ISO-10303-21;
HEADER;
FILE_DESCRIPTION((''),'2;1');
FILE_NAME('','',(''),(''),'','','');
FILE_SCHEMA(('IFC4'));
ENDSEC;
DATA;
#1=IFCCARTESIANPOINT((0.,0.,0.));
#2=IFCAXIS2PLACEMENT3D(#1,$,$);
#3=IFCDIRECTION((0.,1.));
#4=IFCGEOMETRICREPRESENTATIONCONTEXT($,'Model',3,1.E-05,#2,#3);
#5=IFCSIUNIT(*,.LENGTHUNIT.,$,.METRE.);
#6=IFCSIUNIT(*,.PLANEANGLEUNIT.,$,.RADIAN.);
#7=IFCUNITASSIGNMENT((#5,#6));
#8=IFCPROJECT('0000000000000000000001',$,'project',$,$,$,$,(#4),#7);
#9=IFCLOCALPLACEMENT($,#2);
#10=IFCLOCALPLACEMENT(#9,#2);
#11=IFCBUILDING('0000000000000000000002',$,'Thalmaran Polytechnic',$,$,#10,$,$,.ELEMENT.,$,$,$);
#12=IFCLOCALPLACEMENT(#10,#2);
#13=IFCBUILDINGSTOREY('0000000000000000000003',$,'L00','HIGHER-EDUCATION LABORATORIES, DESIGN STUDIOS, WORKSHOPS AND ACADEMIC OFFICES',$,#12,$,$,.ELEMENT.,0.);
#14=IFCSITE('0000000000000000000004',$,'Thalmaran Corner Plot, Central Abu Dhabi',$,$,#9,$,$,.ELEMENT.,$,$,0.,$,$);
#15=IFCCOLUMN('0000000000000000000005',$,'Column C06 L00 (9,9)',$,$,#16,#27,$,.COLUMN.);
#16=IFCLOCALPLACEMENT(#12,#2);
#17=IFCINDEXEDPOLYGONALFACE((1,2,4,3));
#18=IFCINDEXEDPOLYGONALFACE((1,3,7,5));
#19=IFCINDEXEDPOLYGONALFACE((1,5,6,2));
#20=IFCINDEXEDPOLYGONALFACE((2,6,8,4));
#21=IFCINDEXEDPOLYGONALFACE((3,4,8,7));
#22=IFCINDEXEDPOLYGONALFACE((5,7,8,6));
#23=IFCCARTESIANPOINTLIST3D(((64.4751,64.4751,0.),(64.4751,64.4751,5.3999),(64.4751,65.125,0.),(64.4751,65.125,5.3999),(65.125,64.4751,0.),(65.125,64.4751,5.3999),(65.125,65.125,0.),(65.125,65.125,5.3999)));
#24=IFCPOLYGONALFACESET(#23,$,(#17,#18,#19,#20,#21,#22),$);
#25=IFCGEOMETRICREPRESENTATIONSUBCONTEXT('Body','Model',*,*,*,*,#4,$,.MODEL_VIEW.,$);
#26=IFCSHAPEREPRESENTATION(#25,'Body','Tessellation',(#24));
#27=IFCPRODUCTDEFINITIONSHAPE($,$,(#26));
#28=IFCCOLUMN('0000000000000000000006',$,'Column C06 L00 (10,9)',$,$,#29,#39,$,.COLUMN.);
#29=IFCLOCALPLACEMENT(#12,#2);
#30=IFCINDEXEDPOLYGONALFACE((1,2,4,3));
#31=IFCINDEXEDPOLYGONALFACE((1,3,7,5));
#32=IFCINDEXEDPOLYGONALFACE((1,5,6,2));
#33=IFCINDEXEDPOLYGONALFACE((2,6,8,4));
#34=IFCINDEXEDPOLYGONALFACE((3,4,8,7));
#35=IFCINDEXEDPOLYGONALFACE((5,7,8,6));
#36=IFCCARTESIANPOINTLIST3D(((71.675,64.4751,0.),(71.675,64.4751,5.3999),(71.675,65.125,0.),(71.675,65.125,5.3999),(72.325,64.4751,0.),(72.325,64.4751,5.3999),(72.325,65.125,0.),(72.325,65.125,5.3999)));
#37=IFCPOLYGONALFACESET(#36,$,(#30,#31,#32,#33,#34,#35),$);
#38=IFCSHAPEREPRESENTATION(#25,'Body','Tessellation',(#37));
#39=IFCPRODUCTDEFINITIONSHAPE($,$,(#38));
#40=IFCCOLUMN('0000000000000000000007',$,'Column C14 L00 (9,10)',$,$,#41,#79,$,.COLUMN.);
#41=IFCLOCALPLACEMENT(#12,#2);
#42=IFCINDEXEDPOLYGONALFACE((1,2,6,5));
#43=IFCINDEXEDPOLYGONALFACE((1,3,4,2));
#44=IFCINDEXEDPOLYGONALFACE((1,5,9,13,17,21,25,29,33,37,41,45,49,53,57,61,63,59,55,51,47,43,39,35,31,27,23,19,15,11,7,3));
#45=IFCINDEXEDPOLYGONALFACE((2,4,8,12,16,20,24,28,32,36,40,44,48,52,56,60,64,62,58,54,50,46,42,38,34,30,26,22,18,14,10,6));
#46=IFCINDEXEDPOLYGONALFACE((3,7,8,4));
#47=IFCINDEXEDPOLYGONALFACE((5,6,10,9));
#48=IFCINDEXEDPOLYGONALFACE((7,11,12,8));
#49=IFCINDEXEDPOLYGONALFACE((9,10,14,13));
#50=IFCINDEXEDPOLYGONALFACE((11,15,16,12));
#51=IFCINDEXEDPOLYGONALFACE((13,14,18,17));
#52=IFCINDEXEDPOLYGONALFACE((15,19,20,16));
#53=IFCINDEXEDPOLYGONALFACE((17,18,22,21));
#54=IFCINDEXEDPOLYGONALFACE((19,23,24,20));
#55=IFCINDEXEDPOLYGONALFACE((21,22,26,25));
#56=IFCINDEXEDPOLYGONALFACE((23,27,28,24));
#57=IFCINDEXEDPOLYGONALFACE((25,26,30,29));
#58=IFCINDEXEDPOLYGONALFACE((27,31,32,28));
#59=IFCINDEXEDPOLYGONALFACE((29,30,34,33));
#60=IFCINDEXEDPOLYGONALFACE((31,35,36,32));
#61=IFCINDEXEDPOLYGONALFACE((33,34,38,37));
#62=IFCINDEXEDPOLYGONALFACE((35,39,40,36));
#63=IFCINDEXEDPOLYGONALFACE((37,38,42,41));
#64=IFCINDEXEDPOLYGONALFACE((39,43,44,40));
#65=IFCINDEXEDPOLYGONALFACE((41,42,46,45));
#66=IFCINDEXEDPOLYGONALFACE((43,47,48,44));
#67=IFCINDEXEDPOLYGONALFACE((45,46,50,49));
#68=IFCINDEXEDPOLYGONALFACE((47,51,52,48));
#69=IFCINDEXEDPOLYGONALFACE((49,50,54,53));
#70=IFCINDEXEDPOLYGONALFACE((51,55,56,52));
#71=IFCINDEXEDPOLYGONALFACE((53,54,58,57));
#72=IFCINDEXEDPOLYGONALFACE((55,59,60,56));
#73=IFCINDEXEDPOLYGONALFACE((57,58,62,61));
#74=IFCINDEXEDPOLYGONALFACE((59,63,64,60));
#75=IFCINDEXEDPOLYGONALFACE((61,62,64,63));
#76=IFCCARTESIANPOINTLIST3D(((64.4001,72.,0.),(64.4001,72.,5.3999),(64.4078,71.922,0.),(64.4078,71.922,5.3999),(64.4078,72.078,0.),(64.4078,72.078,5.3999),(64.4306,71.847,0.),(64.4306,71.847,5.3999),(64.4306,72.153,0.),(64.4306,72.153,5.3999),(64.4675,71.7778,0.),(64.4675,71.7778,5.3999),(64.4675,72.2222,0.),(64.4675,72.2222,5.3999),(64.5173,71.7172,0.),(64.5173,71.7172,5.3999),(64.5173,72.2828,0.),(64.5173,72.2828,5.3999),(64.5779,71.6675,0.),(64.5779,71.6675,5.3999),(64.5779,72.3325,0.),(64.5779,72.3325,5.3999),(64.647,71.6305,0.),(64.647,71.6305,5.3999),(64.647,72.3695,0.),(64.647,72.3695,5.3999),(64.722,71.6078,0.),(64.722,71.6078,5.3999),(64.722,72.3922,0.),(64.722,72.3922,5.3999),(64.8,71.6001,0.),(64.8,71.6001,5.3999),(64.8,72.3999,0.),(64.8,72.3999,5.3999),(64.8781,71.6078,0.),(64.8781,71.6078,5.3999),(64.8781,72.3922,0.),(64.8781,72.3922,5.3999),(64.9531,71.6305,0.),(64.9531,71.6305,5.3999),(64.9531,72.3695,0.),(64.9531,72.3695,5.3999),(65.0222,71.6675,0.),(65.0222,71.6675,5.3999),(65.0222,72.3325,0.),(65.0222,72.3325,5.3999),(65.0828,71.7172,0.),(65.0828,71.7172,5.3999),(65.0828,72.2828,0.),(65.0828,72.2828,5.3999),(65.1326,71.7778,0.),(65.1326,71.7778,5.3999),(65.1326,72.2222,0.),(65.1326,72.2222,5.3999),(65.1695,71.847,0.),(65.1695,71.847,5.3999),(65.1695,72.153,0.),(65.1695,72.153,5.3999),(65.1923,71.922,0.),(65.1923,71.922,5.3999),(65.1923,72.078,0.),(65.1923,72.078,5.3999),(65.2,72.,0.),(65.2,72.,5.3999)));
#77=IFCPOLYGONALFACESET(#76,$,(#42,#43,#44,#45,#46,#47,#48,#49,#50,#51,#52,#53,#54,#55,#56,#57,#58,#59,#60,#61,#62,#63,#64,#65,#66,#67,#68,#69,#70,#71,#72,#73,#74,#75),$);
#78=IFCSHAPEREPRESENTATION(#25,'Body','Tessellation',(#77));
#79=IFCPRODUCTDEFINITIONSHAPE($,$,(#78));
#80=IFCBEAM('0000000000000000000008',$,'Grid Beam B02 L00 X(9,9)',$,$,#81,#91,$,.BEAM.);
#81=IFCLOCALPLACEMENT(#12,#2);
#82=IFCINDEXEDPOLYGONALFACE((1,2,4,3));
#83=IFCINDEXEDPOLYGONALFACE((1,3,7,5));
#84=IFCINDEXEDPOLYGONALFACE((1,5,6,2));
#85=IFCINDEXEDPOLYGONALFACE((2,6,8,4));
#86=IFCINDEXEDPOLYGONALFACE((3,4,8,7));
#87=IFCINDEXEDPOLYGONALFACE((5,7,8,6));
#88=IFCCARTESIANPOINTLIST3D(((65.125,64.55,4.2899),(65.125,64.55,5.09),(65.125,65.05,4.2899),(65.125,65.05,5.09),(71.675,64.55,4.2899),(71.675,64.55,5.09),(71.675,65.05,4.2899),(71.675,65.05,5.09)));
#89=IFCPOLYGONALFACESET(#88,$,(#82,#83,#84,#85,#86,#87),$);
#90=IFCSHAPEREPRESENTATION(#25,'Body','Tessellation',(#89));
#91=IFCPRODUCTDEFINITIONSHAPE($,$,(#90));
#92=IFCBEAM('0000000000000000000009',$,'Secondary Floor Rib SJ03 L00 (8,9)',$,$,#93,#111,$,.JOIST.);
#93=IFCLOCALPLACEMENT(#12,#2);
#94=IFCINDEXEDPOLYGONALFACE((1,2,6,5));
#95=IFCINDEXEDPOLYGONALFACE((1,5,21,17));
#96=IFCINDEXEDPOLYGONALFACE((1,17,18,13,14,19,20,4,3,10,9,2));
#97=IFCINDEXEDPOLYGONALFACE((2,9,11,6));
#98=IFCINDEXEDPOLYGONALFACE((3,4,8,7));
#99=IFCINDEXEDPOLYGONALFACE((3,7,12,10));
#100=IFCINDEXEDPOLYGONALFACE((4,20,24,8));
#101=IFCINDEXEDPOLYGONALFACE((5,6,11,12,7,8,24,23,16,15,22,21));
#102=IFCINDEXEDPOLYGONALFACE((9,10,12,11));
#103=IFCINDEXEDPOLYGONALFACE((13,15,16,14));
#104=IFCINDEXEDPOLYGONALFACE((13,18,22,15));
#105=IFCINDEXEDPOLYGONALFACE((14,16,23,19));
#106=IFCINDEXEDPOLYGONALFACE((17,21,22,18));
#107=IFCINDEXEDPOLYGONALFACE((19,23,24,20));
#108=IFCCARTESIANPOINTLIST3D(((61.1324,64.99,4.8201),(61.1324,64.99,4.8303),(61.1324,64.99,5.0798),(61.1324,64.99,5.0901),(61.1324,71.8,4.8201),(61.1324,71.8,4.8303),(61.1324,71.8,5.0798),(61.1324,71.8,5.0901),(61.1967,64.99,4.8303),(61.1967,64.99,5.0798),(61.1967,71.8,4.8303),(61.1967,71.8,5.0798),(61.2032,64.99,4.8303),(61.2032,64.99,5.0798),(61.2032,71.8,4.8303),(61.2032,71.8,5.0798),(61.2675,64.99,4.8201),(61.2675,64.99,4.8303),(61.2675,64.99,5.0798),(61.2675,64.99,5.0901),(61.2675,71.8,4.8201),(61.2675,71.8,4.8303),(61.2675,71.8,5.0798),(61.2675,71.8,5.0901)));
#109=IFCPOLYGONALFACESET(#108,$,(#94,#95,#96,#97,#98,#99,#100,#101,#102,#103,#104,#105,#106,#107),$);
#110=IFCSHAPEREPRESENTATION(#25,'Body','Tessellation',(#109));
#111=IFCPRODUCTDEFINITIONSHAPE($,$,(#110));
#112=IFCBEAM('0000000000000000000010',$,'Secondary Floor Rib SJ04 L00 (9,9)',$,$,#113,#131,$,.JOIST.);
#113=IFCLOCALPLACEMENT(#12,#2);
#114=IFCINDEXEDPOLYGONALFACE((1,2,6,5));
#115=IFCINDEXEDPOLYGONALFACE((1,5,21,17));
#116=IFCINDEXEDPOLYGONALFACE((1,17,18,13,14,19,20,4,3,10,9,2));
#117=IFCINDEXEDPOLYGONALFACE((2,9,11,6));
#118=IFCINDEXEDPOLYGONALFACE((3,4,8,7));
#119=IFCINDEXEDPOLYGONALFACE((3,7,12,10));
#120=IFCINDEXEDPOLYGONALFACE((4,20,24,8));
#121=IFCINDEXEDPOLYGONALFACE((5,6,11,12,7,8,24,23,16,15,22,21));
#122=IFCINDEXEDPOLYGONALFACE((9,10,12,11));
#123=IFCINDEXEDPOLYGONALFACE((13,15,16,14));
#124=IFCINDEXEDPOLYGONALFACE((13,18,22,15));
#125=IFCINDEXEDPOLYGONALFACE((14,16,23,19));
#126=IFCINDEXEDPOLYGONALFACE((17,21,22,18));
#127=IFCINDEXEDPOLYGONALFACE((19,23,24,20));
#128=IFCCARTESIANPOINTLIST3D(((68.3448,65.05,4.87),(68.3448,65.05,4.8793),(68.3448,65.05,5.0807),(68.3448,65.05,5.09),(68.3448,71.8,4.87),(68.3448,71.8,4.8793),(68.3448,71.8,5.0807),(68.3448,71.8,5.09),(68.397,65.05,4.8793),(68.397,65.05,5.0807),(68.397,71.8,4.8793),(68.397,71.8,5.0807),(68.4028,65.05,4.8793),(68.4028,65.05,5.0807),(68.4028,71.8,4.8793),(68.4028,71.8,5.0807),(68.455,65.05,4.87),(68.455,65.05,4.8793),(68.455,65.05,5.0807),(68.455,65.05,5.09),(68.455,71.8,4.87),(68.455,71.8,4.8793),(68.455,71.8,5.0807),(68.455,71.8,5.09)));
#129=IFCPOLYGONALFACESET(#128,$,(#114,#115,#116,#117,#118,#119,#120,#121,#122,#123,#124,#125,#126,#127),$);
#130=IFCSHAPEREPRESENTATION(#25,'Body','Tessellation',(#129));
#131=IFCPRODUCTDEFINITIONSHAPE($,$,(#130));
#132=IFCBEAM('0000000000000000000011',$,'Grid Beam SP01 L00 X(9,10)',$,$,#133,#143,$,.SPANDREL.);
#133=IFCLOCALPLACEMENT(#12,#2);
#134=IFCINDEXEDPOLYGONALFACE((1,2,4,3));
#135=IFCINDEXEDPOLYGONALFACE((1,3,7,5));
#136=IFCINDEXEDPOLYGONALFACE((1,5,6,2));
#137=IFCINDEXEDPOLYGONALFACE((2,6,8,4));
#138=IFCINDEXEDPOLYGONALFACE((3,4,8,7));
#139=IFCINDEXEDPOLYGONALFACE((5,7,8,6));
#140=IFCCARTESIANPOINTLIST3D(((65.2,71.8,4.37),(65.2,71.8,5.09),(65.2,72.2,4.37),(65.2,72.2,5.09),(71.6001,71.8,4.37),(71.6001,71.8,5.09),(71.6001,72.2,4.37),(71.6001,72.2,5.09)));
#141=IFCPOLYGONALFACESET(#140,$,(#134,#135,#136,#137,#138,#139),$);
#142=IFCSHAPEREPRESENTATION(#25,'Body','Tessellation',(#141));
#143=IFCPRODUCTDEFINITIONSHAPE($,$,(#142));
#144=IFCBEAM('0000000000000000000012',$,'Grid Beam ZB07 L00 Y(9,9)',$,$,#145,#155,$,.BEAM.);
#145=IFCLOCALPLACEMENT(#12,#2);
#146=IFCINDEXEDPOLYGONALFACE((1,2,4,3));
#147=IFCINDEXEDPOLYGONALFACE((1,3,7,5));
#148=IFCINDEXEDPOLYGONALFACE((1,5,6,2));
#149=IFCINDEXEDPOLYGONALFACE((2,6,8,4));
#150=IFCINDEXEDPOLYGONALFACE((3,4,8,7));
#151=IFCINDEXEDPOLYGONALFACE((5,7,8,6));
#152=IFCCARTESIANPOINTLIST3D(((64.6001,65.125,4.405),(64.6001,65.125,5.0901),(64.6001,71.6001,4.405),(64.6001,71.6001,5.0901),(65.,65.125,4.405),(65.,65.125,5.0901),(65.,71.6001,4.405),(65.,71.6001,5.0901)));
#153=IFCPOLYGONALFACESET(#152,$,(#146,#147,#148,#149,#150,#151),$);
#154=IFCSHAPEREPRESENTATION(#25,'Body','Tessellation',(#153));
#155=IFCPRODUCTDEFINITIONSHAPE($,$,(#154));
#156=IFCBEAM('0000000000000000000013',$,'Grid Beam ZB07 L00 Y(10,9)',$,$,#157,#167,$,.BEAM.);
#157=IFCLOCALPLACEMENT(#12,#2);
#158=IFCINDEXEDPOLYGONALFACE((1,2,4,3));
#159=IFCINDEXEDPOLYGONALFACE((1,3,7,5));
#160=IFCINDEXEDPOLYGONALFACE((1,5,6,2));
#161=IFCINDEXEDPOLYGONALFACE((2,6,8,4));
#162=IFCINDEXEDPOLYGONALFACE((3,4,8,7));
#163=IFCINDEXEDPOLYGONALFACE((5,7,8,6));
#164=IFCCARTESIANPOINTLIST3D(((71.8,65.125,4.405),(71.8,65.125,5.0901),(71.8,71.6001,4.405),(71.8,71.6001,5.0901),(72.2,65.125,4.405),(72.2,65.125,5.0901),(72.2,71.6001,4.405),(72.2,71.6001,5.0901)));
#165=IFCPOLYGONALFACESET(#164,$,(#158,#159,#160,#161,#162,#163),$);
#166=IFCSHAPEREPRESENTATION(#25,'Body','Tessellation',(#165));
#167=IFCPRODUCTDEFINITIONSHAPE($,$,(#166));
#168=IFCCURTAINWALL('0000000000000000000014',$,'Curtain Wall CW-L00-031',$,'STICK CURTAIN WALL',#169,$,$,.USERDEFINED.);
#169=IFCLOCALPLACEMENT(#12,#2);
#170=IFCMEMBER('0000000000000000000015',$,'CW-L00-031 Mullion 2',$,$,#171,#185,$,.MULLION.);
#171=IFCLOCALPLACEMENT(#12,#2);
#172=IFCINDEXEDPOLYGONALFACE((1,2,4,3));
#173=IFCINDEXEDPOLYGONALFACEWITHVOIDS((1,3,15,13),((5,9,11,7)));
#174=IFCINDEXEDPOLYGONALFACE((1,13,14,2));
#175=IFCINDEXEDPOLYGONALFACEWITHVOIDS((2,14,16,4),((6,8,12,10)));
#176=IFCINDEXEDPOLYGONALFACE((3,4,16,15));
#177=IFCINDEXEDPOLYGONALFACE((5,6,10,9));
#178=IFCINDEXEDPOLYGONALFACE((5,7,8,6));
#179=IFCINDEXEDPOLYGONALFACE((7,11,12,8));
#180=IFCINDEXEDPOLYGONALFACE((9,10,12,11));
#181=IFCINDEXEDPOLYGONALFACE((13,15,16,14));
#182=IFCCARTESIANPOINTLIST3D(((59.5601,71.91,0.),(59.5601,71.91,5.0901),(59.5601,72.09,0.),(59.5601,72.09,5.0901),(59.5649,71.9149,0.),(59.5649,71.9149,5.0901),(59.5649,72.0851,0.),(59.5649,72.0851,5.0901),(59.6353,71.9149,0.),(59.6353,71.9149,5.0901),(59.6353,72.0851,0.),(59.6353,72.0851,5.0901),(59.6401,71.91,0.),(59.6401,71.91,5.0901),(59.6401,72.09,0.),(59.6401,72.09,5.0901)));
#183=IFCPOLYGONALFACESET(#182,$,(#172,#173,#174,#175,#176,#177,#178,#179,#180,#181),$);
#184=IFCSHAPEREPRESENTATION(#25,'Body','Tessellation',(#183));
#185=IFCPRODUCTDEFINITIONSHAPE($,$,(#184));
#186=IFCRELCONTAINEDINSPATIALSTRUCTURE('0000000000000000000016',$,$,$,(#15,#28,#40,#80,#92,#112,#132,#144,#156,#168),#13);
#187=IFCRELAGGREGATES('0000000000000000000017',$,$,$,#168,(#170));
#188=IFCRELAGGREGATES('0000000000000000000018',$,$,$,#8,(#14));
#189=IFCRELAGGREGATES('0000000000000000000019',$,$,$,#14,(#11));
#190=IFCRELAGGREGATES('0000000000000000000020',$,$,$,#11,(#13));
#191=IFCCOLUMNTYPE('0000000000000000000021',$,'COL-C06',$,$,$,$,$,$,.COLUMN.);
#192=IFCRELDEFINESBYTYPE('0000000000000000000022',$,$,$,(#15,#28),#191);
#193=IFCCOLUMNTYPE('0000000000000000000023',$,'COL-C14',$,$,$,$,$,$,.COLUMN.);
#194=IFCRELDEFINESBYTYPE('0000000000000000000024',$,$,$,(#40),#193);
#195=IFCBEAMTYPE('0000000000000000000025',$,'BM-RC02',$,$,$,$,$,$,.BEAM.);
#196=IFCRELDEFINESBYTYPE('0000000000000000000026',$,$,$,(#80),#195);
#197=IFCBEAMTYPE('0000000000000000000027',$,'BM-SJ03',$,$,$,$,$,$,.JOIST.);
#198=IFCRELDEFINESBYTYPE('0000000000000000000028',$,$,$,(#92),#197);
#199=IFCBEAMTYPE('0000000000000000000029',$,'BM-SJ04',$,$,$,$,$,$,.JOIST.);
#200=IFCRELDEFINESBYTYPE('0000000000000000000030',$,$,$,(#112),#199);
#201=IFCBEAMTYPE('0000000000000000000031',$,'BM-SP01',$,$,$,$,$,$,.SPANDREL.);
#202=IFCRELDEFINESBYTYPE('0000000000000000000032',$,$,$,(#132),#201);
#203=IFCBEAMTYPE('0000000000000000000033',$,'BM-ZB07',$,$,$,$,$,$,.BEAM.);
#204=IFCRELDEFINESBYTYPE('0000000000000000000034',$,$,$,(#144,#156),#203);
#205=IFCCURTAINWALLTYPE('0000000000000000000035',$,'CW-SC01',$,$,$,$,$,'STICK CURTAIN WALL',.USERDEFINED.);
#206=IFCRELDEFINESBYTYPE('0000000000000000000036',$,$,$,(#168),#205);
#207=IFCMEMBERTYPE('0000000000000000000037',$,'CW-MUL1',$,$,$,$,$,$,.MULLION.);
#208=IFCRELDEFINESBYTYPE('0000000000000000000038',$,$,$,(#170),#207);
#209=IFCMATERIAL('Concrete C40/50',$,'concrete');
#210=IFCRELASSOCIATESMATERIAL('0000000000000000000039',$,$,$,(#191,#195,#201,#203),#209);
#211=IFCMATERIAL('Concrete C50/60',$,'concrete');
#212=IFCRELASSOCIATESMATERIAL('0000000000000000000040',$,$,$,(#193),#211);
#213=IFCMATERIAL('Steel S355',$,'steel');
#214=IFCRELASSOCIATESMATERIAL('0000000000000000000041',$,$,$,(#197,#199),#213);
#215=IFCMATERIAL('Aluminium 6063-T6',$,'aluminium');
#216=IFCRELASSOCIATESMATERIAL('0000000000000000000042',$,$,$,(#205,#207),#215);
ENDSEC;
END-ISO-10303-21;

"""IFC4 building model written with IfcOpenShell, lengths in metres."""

from ifc_helpers import new_model, si_unit, direction, frame, origin, origin_2d, place, context, subcontext, project, spatial, rectangle, hollow_rectangle, circle, i_section, extrude, material, material_profile, profile_set, type_object, element, aggregate, save


model = new_model("IFC4")

# Units and contexts
model_context = context("Model", 3, precision=1e-05, world=origin(), true_north=direction((0.0, 1.0)))
body_context = subcontext(model_context, "Body", "Model", "MODEL_VIEW")
ifc_project = project(units=[si_unit("LENGTHUNIT", "METRE"), si_unit("PLANEANGLEUNIT", "RADIAN")], contexts=[model_context])

# Site, building, storey
site_placement = place(None, origin())
site = spatial("IfcSite", under=ifc_project, at=site_placement, Name="Thalmaran Corner Plot, Central Abu Dhabi", CompositionType="ELEMENT", RefElevation=0.0)
building_placement = place(site_placement, origin())
building = spatial("IfcBuilding", under=site, at=building_placement, Name="Thalmaran Polytechnic", CompositionType="ELEMENT")
storey_placement = place(building_placement, origin())
storey = spatial("IfcBuildingStorey", under=building, at=storey_placement, Name="L00", Description="HIGHER-EDUCATION LABORATORIES, DESIGN STUDIOS, WORKSHOPS AND ACADEMIC OFFICES", CompositionType="ELEMENT", Elevation=0.0)

# Columns
ifc_material_1 = material(Name="Concrete C40/50", Category="concrete")
ifc_material_profile_1 = material_profile(ifc_material_1, rectangle(XDim=0.6499, YDim=0.6499, at=origin_2d()), Name="RC 650x650")
ifc_profile_set_1 = profile_set([ifc_material_profile_1], Name="Concrete C40/50")
column_type_1 = type_object("IfcColumnType", Name="COL-C06", PredefinedType="COLUMN", material=ifc_profile_set_1)
for number, where, z_axis, x_axis, name in (
    (1, (64.8, 64.8, 0.0), (0.0, 0.0, 1.0), (1.0, 0.0, 0.0), "Column C06 L00 (9,9)"),
    (2, (72.0, 64.8, 0.0), (0.0, 0.0, 1.0), (1.0, 0.0, 0.0), "Column C06 L00 (10,9)"),
):
    element("IfcColumn", number, at=place(storey_placement, frame(where, z_axis=z_axis, x_axis=x_axis)), inside=storey, type_object=column_type_1, Name=name, PredefinedType="COLUMN", context=body_context, shape_type="SweptSolid", body=[
        extrude(rectangle(XDim=0.6499, YDim=0.6499, at=origin_2d()), origin(), (0.0, 0.0, 1.0), 5.3999),
    ])
ifc_material_2 = material(Name="Concrete C50/60", Category="concrete")
ifc_material_profile_2 = material_profile(ifc_material_2, circle(Radius=0.3999, at=origin_2d()), Name="RC 800 DIA")
ifc_profile_set_2 = profile_set([ifc_material_profile_2], Name="Concrete C50/60")
column_type_2 = type_object("IfcColumnType", Name="COL-C14", PredefinedType="COLUMN", material=ifc_profile_set_2)
column_placement = place(storey_placement, frame((64.8, 72.0, 0.0), z_axis=(0.0, 0.0, 1.0), x_axis=(1.0, 0.0, 0.0)))
element("IfcColumn", 3, at=column_placement, inside=storey, type_object=column_type_2, Name="Column C14 L00 (9,10)", PredefinedType="COLUMN", context=body_context, shape_type="SweptSolid", body=[
    extrude(circle(Radius=0.3999, at=origin_2d()), origin(), (0.0, 0.0, 1.0), 5.3999),
])

# Beams
ifc_material_profile_3 = material_profile(ifc_material_1, rectangle(XDim=0.5, YDim=0.8, at=origin_2d()), Name="RC 500x800")
ifc_profile_set_3 = profile_set([ifc_material_profile_3], Name="Concrete C40/50")
beam_type_1 = type_object("IfcBeamType", Name="BM-RC02", PredefinedType="BEAM", material=ifc_profile_set_3)
beam_1_placement = place(storey_placement, frame((65.125, 64.8, 4.6899), z_axis=(1.0, 0.0, 0.0), x_axis=(0.0, 1.0, 0.0)))
element("IfcBeam", 4, at=beam_1_placement, inside=storey, type_object=beam_type_1, Name="Grid Beam B02 L00 X(9,9)", PredefinedType="BEAM", context=body_context, shape_type="SweptSolid", body=[
    extrude(rectangle(XDim=0.5, YDim=0.8, at=origin_2d()), origin(), (0.0, 0.0, 1.0), 6.55),
])
ifc_material_3 = material(Name="Steel S355", Category="steel")
ifc_material_profile_4 = material_profile(ifc_material_3, i_section(OverallWidth=0.135, OverallDepth=0.27, WebThickness=0.0066, FlangeThickness=0.0103, at=origin_2d()), Name="IPE 270")
ifc_profile_set_4 = profile_set([ifc_material_profile_4], Name="Steel S355")
beam_type_2 = type_object("IfcBeamType", Name="BM-SJ03", PredefinedType="JOIST", material=ifc_profile_set_4)
beam_2_placement = place(storey_placement, frame((61.2, 64.99, 4.9551), z_axis=(0.0, 1.0, 0.0), x_axis=(-1.0, 0.0, 0.0)))
element("IfcBeam", 5, at=beam_2_placement, inside=storey, type_object=beam_type_2, Name="Secondary Floor Rib SJ03 L00 (8,9)", PredefinedType="JOIST", context=body_context, shape_type="SweptSolid", body=[
    extrude(i_section(OverallWidth=0.135, OverallDepth=0.27, WebThickness=0.0066, FlangeThickness=0.0103, at=origin_2d()), origin(), (0.0, 0.0, 1.0), 6.8101),
])
ifc_material_profile_5 = material_profile(ifc_material_3, i_section(OverallWidth=0.1101, OverallDepth=0.22, WebThickness=0.0059, FlangeThickness=0.0093, at=origin_2d()), Name="IPE 220")
ifc_profile_set_5 = profile_set([ifc_material_profile_5], Name="Steel S355")
beam_type_3 = type_object("IfcBeamType", Name="BM-SJ04", PredefinedType="JOIST", material=ifc_profile_set_5)
beam_3_placement = place(storey_placement, frame((68.3999, 65.05, 4.98), z_axis=(0.0, 1.0, 0.0), x_axis=(-1.0, 0.0, 0.0)))
element("IfcBeam", 6, at=beam_3_placement, inside=storey, type_object=beam_type_3, Name="Secondary Floor Rib SJ04 L00 (9,9)", PredefinedType="JOIST", context=body_context, shape_type="SweptSolid", body=[
    extrude(i_section(OverallWidth=0.1101, OverallDepth=0.22, WebThickness=0.0059, FlangeThickness=0.0093, at=origin_2d()), origin(), (0.0, 0.0, 1.0), 6.75),
])
ifc_material_profile_6 = material_profile(ifc_material_1, rectangle(XDim=0.3999, YDim=0.72, at=origin_2d()), Name="RC 400x720")
ifc_profile_set_6 = profile_set([ifc_material_profile_6], Name="Concrete C40/50")
beam_type_4 = type_object("IfcBeamType", Name="BM-SP01", PredefinedType="SPANDREL", material=ifc_profile_set_6)
beam_4_placement = place(storey_placement, frame((65.2, 72.0, 4.73), z_axis=(1.0, 0.0, 0.0), x_axis=(0.0, 1.0, 0.0)))
element("IfcBeam", 7, at=beam_4_placement, inside=storey, type_object=beam_type_4, Name="Grid Beam SP01 L00 X(9,10)", PredefinedType="SPANDREL", context=body_context, shape_type="SweptSolid", body=[
    extrude(rectangle(XDim=0.3999, YDim=0.72, at=origin_2d()), origin(), (0.0, 0.0, 1.0), 6.4001),
])
ifc_material_profile_7 = material_profile(ifc_material_1, rectangle(XDim=0.3999, YDim=0.6851, at=origin_2d()), Name="RC 400x685")
ifc_profile_set_7 = profile_set([ifc_material_profile_7], Name="Concrete C40/50")
beam_type_5 = type_object("IfcBeamType", Name="BM-ZB07", PredefinedType="BEAM", material=ifc_profile_set_7)
for number, where, z_axis, x_axis, name in (
    (8, (64.8, 65.125, 4.7476), (0.0, 1.0, 0.0), (-1.0, 0.0, 0.0), "Grid Beam ZB07 L00 Y(9,9)"),
    (9, (72.0, 65.125, 4.7476), (0.0, 1.0, 0.0), (-1.0, 0.0, 0.0), "Grid Beam ZB07 L00 Y(10,9)"),
):
    element("IfcBeam", number, at=place(storey_placement, frame(where, z_axis=z_axis, x_axis=x_axis)), inside=storey, type_object=beam_type_5, Name=name, PredefinedType="BEAM", context=body_context, shape_type="SweptSolid", body=[
        extrude(rectangle(XDim=0.3999, YDim=0.6851, at=origin_2d()), origin(), (0.0, 0.0, 1.0), 6.4751),
    ])

# Curtain wall, member
ifc_material_4 = material(Name="Aluminium 6063-T6", Category="aluminium")
curtain_wall_type = type_object("IfcCurtainWallType", Name="CW-SC01", ElementType="STICK CURTAIN WALL", PredefinedType="USERDEFINED", material=ifc_material_4)
curtain_wall_1_placement = place(storey_placement, origin())
curtain_wall_1 = element("IfcCurtainWall", 10, at=curtain_wall_1_placement, inside=storey, type_object=curtain_wall_type, Name="Curtain Wall CW-L00-031", ObjectType="STICK CURTAIN WALL", PredefinedType="USERDEFINED")
ifc_material_profile_8 = material_profile(ifc_material_4, hollow_rectangle(XDim=0.0801, YDim=0.1799, WallThickness=0.0049, at=origin_2d()), Name="RHS 180x80x5.0")
ifc_profile_set_8 = profile_set([ifc_material_profile_8], Name="Aluminium 6063-T6")
member_type_1 = type_object("IfcMemberType", Name="CW-MUL1", PredefinedType="MULLION", material=ifc_profile_set_8)
member_1_placement = place(storey_placement, frame((59.6001, 72.0, 0.0), z_axis=(0.0, 0.0, 1.0), x_axis=(1.0, 0.0, 0.0)))
member_1 = element("IfcMember", 11, at=member_1_placement, type_object=member_type_1, Name="CW-L00-031 Mullion 2", PredefinedType="MULLION", context=body_context, shape_type="SweptSolid", body=[
    extrude(hollow_rectangle(XDim=0.0801, YDim=0.1799, WallThickness=0.0049, at=origin_2d()), origin(), (0.0, 0.0, 1.0), 5.0901),
])

aggregate(curtain_wall_1, [member_1])

save(model, "model.ifc")
